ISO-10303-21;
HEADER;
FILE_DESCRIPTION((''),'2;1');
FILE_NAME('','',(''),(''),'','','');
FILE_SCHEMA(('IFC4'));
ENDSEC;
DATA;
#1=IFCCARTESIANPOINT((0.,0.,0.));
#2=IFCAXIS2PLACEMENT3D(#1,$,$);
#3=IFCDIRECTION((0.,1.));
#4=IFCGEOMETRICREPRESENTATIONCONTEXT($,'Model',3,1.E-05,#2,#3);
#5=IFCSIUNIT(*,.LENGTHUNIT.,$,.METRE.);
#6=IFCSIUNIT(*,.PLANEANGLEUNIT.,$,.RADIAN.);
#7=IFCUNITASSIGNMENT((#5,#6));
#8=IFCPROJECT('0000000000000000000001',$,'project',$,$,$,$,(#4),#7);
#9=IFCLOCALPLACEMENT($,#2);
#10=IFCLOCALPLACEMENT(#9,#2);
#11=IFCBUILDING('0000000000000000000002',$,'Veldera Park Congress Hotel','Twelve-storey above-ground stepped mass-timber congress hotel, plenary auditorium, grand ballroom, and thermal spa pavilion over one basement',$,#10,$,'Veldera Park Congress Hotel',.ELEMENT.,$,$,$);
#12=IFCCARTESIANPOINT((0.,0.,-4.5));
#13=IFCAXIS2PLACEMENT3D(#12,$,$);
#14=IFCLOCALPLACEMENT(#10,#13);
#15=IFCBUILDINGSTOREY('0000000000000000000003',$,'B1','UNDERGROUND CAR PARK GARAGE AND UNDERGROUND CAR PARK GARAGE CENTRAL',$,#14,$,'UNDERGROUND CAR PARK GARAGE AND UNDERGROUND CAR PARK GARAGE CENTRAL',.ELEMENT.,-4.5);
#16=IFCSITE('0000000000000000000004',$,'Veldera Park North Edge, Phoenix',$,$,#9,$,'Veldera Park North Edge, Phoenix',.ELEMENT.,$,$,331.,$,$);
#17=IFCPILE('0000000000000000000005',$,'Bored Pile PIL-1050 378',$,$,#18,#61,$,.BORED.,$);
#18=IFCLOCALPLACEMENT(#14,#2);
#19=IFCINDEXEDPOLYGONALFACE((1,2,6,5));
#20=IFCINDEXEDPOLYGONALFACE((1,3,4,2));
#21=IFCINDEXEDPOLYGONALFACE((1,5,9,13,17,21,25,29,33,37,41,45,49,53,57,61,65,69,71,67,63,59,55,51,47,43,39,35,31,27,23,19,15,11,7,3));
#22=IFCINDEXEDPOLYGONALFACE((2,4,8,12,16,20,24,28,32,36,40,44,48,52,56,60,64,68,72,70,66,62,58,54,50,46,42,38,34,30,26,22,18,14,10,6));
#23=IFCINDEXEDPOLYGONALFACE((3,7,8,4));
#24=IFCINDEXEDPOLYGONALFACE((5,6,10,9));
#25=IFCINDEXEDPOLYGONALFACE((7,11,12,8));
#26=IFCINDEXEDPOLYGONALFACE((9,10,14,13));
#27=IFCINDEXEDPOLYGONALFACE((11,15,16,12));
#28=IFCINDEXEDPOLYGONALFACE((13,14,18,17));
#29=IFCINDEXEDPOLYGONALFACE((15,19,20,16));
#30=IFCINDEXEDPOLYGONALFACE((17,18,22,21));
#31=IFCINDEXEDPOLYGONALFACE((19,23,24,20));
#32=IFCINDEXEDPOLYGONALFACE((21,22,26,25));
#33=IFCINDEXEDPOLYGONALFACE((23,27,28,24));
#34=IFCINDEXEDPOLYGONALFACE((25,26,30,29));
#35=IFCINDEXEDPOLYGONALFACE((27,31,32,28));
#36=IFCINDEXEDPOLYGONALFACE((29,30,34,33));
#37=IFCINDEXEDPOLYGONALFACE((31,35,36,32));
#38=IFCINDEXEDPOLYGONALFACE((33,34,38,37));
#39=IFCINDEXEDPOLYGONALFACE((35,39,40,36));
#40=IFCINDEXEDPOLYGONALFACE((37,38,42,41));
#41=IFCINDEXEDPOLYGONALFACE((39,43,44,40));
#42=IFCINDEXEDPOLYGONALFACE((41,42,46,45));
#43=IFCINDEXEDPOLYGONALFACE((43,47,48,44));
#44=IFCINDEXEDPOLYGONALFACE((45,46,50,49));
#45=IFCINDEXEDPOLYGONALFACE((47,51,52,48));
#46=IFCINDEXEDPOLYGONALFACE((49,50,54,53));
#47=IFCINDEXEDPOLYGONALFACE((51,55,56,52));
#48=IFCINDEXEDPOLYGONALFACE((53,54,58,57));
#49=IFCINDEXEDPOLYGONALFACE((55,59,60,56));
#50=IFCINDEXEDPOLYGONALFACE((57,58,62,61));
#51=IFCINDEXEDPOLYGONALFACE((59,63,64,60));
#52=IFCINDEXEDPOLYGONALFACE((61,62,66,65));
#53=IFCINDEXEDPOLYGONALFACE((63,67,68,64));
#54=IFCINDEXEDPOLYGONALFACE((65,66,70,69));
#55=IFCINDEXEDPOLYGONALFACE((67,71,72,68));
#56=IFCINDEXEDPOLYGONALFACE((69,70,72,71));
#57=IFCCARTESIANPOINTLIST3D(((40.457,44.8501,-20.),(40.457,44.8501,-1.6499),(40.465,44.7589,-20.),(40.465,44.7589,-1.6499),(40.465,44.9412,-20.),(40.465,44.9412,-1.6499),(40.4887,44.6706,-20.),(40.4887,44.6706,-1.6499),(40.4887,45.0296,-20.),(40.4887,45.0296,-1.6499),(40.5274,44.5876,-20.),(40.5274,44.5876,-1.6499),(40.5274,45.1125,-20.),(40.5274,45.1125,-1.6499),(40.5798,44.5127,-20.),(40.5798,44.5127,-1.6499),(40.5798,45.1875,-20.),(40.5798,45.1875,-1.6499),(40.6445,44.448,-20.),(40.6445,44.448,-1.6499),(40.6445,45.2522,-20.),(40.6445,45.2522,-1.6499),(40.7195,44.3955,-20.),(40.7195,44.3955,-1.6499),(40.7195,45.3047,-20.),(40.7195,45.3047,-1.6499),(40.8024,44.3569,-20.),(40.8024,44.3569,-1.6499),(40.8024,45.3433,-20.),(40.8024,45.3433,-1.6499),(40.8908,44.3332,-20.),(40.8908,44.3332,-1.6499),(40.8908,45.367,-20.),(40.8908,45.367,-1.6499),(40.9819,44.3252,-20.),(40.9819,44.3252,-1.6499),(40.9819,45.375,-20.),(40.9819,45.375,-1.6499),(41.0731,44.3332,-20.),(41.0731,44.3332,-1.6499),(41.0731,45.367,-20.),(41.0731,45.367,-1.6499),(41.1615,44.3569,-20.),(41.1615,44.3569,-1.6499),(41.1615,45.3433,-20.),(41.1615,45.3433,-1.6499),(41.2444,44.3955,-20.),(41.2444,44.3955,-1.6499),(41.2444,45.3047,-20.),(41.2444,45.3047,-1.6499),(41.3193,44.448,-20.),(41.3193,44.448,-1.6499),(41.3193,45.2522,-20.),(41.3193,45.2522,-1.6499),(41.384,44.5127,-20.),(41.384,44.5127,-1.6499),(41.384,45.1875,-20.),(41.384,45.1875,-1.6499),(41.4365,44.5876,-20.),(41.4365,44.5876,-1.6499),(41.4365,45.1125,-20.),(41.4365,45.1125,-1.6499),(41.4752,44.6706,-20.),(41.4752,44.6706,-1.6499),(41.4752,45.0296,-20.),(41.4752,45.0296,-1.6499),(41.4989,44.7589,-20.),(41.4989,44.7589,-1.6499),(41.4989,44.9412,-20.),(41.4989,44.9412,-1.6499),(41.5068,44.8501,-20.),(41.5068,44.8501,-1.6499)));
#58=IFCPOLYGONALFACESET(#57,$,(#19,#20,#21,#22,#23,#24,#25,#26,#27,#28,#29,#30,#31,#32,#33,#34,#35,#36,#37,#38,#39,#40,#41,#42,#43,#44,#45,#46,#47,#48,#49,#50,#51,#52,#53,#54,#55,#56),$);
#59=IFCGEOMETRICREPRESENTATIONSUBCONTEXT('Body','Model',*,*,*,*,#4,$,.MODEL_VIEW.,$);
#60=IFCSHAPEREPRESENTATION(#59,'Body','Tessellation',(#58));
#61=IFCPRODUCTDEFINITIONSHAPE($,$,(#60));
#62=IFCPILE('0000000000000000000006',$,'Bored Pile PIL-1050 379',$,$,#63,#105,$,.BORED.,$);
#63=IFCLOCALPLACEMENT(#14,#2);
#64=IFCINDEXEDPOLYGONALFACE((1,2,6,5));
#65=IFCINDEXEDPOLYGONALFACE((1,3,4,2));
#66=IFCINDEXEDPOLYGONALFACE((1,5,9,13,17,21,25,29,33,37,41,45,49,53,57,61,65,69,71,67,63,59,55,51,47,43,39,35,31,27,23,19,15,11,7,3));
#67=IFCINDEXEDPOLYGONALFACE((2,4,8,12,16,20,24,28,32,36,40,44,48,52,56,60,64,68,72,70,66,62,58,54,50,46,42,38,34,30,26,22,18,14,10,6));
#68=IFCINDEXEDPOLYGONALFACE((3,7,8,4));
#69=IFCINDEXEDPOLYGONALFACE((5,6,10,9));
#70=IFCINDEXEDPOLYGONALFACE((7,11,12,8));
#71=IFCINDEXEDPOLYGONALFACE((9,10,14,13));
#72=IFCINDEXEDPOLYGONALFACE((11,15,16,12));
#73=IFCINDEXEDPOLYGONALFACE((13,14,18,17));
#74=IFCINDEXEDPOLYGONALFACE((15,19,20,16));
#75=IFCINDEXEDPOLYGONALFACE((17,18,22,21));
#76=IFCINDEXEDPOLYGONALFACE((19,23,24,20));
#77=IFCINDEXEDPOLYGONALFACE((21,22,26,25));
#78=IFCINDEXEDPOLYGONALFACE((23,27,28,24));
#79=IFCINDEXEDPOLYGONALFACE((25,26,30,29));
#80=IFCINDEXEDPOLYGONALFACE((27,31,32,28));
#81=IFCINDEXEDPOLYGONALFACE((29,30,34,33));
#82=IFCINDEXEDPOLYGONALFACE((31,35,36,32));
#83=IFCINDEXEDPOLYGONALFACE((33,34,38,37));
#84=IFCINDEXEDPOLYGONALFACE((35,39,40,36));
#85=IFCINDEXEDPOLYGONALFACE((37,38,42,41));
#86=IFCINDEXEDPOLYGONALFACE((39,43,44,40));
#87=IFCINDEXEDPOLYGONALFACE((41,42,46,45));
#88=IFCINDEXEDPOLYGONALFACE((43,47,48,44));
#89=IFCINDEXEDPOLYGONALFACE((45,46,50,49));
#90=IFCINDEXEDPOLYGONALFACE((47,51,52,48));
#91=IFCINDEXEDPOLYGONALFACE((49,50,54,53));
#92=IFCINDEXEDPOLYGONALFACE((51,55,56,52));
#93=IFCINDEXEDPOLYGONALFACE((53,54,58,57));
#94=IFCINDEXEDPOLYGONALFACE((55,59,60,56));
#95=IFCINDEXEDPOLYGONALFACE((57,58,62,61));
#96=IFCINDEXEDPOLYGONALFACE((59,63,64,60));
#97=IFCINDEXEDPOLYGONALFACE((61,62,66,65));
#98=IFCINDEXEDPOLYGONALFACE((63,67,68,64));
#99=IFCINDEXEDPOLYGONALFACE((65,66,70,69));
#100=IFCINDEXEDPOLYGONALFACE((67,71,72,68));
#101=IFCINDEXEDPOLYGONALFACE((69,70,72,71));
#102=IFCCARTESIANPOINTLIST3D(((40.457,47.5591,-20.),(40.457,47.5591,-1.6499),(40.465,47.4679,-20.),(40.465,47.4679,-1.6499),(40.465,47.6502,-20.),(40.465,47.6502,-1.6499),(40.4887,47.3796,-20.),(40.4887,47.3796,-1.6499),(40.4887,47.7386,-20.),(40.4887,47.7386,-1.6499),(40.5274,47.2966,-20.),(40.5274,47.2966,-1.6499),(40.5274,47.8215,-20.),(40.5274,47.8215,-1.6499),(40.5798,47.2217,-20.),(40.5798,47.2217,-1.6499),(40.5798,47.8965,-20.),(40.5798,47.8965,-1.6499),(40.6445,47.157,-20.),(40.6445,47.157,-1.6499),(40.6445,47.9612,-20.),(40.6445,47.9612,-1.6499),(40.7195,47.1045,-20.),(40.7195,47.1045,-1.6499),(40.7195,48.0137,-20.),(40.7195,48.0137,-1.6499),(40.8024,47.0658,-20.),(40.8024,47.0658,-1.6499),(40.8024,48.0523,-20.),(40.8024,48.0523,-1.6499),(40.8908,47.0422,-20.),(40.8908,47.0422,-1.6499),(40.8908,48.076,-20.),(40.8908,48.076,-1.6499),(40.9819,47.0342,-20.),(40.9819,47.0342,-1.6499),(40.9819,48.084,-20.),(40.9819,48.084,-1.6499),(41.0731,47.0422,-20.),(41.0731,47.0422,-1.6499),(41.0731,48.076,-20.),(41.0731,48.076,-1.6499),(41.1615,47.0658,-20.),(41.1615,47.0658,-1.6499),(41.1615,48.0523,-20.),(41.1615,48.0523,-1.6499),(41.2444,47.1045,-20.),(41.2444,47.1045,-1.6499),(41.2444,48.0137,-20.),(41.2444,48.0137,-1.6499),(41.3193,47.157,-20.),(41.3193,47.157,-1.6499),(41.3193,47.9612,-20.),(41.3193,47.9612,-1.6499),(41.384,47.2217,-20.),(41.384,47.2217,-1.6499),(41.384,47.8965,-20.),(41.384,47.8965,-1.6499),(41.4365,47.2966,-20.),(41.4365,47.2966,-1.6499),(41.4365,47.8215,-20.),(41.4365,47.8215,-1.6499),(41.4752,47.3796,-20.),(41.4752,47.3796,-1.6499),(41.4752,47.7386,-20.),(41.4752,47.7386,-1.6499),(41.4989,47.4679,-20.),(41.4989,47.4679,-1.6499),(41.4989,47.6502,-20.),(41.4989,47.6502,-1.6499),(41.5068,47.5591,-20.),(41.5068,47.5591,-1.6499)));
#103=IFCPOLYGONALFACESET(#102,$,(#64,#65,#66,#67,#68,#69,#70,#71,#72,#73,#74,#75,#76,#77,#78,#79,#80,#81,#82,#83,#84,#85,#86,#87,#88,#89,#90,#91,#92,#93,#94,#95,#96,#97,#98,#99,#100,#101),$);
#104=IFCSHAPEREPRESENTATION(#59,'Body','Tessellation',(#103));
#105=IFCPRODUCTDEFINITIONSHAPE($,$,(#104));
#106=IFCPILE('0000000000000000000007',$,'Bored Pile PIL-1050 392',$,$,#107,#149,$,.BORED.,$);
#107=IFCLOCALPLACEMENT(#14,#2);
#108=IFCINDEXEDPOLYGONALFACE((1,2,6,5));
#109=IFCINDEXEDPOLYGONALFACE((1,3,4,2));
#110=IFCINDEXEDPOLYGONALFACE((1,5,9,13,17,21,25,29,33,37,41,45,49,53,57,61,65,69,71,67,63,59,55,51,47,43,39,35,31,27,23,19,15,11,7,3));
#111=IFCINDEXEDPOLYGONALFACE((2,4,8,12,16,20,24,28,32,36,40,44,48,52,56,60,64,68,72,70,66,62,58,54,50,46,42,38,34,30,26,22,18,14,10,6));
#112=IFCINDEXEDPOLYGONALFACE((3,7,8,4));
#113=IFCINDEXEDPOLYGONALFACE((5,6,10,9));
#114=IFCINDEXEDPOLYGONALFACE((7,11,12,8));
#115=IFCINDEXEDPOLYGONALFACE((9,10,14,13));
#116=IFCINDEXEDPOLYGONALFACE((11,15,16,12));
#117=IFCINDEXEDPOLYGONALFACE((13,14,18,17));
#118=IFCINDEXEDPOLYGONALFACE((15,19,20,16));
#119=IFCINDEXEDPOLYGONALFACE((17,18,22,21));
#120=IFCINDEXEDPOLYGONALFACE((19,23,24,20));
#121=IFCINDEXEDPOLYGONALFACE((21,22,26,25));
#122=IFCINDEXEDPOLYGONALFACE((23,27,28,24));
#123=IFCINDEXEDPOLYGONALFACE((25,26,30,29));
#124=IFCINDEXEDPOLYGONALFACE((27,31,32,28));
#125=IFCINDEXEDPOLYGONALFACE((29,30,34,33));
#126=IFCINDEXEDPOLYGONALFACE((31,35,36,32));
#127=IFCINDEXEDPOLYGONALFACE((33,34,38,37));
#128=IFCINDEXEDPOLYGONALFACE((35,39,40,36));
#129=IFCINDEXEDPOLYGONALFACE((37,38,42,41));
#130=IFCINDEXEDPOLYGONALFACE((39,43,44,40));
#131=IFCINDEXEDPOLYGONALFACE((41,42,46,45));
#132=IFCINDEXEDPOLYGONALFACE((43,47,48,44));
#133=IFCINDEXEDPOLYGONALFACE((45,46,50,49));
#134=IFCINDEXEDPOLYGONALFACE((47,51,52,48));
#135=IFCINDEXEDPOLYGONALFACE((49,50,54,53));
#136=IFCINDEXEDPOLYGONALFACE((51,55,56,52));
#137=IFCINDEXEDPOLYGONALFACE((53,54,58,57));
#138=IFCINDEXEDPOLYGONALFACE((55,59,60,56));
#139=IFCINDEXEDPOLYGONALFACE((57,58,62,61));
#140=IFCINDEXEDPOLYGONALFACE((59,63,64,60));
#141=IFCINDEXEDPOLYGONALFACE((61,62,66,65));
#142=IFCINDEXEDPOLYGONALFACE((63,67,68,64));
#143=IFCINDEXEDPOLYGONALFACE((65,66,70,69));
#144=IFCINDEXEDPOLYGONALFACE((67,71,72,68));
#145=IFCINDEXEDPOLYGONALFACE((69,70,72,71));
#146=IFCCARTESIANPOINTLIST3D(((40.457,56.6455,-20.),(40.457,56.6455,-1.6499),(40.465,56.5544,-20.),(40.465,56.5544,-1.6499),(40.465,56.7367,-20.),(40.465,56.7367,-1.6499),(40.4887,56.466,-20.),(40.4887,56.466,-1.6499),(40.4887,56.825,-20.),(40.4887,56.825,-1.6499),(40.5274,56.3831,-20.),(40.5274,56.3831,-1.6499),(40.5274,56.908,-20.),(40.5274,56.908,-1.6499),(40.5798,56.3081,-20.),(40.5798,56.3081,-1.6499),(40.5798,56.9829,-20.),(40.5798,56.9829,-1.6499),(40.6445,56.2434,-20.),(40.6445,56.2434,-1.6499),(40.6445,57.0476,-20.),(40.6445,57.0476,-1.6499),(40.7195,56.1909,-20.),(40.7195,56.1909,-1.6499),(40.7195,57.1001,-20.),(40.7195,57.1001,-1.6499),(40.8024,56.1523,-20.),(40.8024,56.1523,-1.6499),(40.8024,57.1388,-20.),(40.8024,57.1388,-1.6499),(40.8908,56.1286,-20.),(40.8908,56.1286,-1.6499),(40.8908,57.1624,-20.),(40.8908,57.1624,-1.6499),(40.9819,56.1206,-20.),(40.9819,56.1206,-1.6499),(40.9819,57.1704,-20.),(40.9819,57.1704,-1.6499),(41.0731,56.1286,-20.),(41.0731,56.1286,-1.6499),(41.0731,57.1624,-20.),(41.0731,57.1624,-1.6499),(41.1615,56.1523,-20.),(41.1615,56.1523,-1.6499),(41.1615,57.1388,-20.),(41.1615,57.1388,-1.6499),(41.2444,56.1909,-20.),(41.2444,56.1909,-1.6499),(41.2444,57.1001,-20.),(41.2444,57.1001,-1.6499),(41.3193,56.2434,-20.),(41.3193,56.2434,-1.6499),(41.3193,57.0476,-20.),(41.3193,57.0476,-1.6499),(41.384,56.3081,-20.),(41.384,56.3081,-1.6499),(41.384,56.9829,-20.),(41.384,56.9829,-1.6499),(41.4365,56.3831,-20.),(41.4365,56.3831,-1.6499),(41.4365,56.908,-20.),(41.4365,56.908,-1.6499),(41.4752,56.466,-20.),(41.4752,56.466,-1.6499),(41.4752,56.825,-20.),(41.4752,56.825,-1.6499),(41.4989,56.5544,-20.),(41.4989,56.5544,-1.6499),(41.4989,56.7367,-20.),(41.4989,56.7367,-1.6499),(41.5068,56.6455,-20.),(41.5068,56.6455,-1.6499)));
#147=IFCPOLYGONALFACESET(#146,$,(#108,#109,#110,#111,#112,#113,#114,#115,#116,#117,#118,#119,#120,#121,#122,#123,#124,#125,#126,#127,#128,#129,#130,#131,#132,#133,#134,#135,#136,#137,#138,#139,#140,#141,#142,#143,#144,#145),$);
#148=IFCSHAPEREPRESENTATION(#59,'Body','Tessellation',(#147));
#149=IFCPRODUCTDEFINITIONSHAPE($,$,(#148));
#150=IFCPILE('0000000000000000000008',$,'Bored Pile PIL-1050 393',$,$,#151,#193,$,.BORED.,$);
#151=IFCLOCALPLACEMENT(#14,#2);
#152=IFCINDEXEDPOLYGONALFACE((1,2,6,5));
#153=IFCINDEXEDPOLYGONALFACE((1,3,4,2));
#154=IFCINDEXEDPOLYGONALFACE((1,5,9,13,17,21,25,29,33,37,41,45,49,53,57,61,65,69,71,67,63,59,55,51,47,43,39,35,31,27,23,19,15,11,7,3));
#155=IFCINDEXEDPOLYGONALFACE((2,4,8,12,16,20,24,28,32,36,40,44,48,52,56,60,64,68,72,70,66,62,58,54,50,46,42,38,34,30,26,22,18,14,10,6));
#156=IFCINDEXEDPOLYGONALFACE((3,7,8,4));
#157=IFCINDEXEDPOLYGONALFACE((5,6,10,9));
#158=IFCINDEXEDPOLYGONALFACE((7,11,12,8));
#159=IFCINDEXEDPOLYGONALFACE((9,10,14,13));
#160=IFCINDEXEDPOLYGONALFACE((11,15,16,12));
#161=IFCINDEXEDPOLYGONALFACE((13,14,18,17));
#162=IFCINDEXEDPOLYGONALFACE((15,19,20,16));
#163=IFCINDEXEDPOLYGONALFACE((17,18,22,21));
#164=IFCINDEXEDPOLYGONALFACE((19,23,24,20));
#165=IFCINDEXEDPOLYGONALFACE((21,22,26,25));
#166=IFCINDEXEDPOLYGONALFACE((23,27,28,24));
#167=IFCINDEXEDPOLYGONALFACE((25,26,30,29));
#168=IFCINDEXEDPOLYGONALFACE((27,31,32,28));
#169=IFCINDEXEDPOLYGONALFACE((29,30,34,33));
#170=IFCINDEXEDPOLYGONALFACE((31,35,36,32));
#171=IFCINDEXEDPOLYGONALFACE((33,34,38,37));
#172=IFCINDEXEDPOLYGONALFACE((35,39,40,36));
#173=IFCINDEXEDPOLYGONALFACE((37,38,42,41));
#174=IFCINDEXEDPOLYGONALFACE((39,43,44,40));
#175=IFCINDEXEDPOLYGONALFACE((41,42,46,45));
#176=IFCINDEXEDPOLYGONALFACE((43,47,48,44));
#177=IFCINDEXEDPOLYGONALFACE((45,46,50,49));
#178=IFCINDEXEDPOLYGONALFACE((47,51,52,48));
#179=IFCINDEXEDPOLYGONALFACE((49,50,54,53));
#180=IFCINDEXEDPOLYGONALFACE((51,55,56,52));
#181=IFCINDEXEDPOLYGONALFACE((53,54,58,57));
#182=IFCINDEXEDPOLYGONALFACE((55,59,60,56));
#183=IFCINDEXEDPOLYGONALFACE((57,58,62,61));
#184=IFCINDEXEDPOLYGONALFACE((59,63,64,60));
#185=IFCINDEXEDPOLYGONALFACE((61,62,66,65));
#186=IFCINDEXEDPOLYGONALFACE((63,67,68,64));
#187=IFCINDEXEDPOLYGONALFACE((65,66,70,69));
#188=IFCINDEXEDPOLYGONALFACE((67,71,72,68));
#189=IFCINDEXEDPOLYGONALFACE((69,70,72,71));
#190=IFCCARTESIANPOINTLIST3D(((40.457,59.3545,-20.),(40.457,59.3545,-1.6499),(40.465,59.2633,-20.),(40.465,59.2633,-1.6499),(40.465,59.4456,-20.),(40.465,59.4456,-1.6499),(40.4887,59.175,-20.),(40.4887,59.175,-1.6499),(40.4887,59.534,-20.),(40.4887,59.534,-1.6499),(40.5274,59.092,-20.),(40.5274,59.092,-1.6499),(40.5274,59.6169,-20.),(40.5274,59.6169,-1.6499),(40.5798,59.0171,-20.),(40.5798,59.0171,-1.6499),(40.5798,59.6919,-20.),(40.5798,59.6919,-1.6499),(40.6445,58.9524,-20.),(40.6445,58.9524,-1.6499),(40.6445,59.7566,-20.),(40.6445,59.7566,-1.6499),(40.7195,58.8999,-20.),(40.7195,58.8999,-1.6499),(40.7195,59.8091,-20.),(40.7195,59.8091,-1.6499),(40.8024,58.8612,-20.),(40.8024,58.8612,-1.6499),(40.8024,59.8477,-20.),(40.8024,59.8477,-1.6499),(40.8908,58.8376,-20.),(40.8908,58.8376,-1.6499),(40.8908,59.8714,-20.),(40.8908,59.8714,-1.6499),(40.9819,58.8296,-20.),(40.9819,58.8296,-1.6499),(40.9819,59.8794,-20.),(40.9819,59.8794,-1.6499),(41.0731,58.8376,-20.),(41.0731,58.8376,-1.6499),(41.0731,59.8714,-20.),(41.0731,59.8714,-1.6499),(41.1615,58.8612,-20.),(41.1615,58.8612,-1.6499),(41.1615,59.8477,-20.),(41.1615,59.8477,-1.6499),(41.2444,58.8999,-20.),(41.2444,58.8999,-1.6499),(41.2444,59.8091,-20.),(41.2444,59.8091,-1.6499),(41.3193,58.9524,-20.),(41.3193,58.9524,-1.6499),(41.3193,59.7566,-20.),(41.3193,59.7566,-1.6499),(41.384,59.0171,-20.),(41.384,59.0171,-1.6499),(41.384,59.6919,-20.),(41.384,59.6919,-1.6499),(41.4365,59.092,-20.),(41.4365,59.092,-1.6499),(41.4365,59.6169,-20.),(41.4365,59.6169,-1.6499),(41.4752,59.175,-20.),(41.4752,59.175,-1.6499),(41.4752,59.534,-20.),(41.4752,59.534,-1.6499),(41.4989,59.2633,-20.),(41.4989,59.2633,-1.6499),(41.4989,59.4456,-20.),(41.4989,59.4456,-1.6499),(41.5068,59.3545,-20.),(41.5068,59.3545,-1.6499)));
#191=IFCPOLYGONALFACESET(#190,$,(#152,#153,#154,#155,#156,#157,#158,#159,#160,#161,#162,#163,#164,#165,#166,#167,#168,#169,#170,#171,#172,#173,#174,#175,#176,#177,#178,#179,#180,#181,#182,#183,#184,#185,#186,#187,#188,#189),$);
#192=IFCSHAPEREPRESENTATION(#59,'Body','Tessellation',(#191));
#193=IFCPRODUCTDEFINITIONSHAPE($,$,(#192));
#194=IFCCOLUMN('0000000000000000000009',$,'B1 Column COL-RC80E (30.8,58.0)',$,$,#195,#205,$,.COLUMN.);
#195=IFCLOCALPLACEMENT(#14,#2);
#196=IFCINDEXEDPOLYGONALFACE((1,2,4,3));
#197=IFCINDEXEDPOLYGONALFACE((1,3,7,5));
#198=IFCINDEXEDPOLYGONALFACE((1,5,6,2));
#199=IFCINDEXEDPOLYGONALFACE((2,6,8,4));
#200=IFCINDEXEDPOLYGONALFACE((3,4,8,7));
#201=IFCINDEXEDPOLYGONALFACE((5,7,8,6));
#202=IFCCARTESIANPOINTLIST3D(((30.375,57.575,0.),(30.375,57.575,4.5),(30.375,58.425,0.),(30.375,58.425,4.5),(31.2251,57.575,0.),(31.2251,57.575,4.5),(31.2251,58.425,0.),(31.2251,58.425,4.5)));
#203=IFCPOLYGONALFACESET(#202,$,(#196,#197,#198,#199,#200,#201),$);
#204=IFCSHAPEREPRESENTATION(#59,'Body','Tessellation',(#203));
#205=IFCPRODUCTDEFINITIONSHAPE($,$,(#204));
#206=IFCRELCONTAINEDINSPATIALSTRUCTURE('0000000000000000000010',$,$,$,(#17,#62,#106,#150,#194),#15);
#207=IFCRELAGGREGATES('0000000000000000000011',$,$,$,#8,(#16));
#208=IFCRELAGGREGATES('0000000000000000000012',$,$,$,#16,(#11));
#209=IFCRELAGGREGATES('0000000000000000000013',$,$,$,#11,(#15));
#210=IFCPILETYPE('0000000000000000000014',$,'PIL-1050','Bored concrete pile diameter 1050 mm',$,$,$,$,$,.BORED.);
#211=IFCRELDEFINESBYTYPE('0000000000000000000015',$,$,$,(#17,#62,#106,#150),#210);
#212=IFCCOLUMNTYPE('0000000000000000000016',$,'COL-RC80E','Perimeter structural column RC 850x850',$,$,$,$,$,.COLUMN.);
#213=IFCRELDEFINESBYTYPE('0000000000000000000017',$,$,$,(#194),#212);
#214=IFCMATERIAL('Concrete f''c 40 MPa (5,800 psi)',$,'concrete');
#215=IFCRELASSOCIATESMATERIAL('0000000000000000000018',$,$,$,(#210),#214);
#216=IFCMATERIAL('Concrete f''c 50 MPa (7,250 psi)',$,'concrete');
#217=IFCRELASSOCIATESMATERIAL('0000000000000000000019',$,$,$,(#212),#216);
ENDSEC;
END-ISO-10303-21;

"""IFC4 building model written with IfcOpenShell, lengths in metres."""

from ifc_helpers import new_model, si_unit, direction, frame, origin, origin_2d, place, context, subcontext, project, spatial, rectangle, circle, extrude, material, material_profile, profile_set, type_object, element, save


model = new_model("IFC4")

# Units and contexts
model_context = context("Model", 3, precision=1e-05, world=origin(), true_north=direction((0.0, 1.0)))
body_context = subcontext(model_context, "Body", "Model", "MODEL_VIEW")
ifc_project = project(units=[si_unit("LENGTHUNIT", "METRE"), si_unit("PLANEANGLEUNIT", "RADIAN")], contexts=[model_context])

# Site, building, storey
site_placement = place(None, origin())
site = spatial("IfcSite", under=ifc_project, at=site_placement, Name="Veldera Park North Edge, Phoenix", LongName="Veldera Park North Edge, Phoenix", CompositionType="ELEMENT", RefElevation=331.0)
building_placement = place(site_placement, origin())
building = spatial("IfcBuilding", under=site, at=building_placement, Name="Veldera Park Congress Hotel", Description="Twelve-storey above-ground stepped mass-timber congress hotel, plenary auditorium, grand ballroom, and thermal spa pavilion over one basement", LongName="Veldera Park Congress Hotel", CompositionType="ELEMENT")
storey_placement = place(building_placement, frame((0.0, 0.0, -4.5)))
storey = spatial("IfcBuildingStorey", under=building, at=storey_placement, Name="B1", Description="UNDERGROUND CAR PARK GARAGE AND UNDERGROUND CAR PARK GARAGE CENTRAL", LongName="UNDERGROUND CAR PARK GARAGE AND UNDERGROUND CAR PARK GARAGE CENTRAL", CompositionType="ELEMENT", Elevation=-4.5)

# Shared definitions
ifc_material_1 = material(Name="Concrete f'c 40 MPa (5,800 psi)", Category="concrete")

# Piles
ifc_material_profile_1 = material_profile(ifc_material_1, circle(Radius=0.5249, at=origin_2d()), Name="PILE D1050")
ifc_profile_set_1 = profile_set([ifc_material_profile_1], Name="Concrete f'c 40 MPa (5,800 psi)")
pile_type = type_object("IfcPileType", Name="PIL-1050", Description="Bored concrete pile diameter 1050 mm", PredefinedType="BORED", material=ifc_profile_set_1)
for number, where, z_axis, x_axis, name in (
    (1, (40.9819, 44.8501, -1.6499), (0.0, 0.0, -1.0), (1.0, 0.0, 0.0), "Bored Pile PIL-1050 378"),
    (2, (40.9819, 47.5591, -1.6499), (0.0, 0.0, -1.0), (1.0, 0.0, 0.0), "Bored Pile PIL-1050 379"),
    (3, (40.9819, 56.6455, -1.6499), (0.0, 0.0, -1.0), (1.0, 0.0, 0.0), "Bored Pile PIL-1050 392"),
    (4, (40.9819, 59.3545, -1.6499), (0.0, 0.0, -1.0), (1.0, 0.0, 0.0), "Bored Pile PIL-1050 393"),
):
    element("IfcPile", number, at=place(storey_placement, frame(where, z_axis=z_axis, x_axis=x_axis)), inside=storey, type_object=pile_type, Name=name, PredefinedType="BORED", context=body_context, shape_type="SweptSolid", body=[
        extrude(circle(Radius=0.5249, at=origin_2d()), origin(), (0.0, 0.0, 1.0), 18.3501),
    ])

# Column
ifc_material_2 = material(Name="Concrete f'c 50 MPa (7,250 psi)", Category="concrete")
ifc_material_profile_2 = material_profile(ifc_material_2, rectangle(XDim=0.8501, YDim=0.8501, at=origin_2d()), Name="RC 850x850")
ifc_profile_set_2 = profile_set([ifc_material_profile_2], Name="Concrete f'c 50 MPa (7,250 psi)")
column_type = type_object("IfcColumnType", Name="COL-RC80E", Description="Perimeter structural column RC 850x850", PredefinedType="COLUMN", material=ifc_profile_set_2)
column_placement = place(storey_placement, frame((30.8, 58.0, 0.0), z_axis=(0.0, 0.0, 1.0), x_axis=(1.0, 0.0, 0.0)))
element("IfcColumn", 5, at=column_placement, inside=storey, type_object=column_type, Name="B1 Column COL-RC80E (30.8,58.0)", PredefinedType="COLUMN", context=body_context, shape_type="SweptSolid", body=[
    extrude(rectangle(XDim=0.8501, YDim=0.8501, at=origin_2d()), origin(), (0.0, 0.0, 1.0), 4.5),
])

save(model, "model.ifc")
